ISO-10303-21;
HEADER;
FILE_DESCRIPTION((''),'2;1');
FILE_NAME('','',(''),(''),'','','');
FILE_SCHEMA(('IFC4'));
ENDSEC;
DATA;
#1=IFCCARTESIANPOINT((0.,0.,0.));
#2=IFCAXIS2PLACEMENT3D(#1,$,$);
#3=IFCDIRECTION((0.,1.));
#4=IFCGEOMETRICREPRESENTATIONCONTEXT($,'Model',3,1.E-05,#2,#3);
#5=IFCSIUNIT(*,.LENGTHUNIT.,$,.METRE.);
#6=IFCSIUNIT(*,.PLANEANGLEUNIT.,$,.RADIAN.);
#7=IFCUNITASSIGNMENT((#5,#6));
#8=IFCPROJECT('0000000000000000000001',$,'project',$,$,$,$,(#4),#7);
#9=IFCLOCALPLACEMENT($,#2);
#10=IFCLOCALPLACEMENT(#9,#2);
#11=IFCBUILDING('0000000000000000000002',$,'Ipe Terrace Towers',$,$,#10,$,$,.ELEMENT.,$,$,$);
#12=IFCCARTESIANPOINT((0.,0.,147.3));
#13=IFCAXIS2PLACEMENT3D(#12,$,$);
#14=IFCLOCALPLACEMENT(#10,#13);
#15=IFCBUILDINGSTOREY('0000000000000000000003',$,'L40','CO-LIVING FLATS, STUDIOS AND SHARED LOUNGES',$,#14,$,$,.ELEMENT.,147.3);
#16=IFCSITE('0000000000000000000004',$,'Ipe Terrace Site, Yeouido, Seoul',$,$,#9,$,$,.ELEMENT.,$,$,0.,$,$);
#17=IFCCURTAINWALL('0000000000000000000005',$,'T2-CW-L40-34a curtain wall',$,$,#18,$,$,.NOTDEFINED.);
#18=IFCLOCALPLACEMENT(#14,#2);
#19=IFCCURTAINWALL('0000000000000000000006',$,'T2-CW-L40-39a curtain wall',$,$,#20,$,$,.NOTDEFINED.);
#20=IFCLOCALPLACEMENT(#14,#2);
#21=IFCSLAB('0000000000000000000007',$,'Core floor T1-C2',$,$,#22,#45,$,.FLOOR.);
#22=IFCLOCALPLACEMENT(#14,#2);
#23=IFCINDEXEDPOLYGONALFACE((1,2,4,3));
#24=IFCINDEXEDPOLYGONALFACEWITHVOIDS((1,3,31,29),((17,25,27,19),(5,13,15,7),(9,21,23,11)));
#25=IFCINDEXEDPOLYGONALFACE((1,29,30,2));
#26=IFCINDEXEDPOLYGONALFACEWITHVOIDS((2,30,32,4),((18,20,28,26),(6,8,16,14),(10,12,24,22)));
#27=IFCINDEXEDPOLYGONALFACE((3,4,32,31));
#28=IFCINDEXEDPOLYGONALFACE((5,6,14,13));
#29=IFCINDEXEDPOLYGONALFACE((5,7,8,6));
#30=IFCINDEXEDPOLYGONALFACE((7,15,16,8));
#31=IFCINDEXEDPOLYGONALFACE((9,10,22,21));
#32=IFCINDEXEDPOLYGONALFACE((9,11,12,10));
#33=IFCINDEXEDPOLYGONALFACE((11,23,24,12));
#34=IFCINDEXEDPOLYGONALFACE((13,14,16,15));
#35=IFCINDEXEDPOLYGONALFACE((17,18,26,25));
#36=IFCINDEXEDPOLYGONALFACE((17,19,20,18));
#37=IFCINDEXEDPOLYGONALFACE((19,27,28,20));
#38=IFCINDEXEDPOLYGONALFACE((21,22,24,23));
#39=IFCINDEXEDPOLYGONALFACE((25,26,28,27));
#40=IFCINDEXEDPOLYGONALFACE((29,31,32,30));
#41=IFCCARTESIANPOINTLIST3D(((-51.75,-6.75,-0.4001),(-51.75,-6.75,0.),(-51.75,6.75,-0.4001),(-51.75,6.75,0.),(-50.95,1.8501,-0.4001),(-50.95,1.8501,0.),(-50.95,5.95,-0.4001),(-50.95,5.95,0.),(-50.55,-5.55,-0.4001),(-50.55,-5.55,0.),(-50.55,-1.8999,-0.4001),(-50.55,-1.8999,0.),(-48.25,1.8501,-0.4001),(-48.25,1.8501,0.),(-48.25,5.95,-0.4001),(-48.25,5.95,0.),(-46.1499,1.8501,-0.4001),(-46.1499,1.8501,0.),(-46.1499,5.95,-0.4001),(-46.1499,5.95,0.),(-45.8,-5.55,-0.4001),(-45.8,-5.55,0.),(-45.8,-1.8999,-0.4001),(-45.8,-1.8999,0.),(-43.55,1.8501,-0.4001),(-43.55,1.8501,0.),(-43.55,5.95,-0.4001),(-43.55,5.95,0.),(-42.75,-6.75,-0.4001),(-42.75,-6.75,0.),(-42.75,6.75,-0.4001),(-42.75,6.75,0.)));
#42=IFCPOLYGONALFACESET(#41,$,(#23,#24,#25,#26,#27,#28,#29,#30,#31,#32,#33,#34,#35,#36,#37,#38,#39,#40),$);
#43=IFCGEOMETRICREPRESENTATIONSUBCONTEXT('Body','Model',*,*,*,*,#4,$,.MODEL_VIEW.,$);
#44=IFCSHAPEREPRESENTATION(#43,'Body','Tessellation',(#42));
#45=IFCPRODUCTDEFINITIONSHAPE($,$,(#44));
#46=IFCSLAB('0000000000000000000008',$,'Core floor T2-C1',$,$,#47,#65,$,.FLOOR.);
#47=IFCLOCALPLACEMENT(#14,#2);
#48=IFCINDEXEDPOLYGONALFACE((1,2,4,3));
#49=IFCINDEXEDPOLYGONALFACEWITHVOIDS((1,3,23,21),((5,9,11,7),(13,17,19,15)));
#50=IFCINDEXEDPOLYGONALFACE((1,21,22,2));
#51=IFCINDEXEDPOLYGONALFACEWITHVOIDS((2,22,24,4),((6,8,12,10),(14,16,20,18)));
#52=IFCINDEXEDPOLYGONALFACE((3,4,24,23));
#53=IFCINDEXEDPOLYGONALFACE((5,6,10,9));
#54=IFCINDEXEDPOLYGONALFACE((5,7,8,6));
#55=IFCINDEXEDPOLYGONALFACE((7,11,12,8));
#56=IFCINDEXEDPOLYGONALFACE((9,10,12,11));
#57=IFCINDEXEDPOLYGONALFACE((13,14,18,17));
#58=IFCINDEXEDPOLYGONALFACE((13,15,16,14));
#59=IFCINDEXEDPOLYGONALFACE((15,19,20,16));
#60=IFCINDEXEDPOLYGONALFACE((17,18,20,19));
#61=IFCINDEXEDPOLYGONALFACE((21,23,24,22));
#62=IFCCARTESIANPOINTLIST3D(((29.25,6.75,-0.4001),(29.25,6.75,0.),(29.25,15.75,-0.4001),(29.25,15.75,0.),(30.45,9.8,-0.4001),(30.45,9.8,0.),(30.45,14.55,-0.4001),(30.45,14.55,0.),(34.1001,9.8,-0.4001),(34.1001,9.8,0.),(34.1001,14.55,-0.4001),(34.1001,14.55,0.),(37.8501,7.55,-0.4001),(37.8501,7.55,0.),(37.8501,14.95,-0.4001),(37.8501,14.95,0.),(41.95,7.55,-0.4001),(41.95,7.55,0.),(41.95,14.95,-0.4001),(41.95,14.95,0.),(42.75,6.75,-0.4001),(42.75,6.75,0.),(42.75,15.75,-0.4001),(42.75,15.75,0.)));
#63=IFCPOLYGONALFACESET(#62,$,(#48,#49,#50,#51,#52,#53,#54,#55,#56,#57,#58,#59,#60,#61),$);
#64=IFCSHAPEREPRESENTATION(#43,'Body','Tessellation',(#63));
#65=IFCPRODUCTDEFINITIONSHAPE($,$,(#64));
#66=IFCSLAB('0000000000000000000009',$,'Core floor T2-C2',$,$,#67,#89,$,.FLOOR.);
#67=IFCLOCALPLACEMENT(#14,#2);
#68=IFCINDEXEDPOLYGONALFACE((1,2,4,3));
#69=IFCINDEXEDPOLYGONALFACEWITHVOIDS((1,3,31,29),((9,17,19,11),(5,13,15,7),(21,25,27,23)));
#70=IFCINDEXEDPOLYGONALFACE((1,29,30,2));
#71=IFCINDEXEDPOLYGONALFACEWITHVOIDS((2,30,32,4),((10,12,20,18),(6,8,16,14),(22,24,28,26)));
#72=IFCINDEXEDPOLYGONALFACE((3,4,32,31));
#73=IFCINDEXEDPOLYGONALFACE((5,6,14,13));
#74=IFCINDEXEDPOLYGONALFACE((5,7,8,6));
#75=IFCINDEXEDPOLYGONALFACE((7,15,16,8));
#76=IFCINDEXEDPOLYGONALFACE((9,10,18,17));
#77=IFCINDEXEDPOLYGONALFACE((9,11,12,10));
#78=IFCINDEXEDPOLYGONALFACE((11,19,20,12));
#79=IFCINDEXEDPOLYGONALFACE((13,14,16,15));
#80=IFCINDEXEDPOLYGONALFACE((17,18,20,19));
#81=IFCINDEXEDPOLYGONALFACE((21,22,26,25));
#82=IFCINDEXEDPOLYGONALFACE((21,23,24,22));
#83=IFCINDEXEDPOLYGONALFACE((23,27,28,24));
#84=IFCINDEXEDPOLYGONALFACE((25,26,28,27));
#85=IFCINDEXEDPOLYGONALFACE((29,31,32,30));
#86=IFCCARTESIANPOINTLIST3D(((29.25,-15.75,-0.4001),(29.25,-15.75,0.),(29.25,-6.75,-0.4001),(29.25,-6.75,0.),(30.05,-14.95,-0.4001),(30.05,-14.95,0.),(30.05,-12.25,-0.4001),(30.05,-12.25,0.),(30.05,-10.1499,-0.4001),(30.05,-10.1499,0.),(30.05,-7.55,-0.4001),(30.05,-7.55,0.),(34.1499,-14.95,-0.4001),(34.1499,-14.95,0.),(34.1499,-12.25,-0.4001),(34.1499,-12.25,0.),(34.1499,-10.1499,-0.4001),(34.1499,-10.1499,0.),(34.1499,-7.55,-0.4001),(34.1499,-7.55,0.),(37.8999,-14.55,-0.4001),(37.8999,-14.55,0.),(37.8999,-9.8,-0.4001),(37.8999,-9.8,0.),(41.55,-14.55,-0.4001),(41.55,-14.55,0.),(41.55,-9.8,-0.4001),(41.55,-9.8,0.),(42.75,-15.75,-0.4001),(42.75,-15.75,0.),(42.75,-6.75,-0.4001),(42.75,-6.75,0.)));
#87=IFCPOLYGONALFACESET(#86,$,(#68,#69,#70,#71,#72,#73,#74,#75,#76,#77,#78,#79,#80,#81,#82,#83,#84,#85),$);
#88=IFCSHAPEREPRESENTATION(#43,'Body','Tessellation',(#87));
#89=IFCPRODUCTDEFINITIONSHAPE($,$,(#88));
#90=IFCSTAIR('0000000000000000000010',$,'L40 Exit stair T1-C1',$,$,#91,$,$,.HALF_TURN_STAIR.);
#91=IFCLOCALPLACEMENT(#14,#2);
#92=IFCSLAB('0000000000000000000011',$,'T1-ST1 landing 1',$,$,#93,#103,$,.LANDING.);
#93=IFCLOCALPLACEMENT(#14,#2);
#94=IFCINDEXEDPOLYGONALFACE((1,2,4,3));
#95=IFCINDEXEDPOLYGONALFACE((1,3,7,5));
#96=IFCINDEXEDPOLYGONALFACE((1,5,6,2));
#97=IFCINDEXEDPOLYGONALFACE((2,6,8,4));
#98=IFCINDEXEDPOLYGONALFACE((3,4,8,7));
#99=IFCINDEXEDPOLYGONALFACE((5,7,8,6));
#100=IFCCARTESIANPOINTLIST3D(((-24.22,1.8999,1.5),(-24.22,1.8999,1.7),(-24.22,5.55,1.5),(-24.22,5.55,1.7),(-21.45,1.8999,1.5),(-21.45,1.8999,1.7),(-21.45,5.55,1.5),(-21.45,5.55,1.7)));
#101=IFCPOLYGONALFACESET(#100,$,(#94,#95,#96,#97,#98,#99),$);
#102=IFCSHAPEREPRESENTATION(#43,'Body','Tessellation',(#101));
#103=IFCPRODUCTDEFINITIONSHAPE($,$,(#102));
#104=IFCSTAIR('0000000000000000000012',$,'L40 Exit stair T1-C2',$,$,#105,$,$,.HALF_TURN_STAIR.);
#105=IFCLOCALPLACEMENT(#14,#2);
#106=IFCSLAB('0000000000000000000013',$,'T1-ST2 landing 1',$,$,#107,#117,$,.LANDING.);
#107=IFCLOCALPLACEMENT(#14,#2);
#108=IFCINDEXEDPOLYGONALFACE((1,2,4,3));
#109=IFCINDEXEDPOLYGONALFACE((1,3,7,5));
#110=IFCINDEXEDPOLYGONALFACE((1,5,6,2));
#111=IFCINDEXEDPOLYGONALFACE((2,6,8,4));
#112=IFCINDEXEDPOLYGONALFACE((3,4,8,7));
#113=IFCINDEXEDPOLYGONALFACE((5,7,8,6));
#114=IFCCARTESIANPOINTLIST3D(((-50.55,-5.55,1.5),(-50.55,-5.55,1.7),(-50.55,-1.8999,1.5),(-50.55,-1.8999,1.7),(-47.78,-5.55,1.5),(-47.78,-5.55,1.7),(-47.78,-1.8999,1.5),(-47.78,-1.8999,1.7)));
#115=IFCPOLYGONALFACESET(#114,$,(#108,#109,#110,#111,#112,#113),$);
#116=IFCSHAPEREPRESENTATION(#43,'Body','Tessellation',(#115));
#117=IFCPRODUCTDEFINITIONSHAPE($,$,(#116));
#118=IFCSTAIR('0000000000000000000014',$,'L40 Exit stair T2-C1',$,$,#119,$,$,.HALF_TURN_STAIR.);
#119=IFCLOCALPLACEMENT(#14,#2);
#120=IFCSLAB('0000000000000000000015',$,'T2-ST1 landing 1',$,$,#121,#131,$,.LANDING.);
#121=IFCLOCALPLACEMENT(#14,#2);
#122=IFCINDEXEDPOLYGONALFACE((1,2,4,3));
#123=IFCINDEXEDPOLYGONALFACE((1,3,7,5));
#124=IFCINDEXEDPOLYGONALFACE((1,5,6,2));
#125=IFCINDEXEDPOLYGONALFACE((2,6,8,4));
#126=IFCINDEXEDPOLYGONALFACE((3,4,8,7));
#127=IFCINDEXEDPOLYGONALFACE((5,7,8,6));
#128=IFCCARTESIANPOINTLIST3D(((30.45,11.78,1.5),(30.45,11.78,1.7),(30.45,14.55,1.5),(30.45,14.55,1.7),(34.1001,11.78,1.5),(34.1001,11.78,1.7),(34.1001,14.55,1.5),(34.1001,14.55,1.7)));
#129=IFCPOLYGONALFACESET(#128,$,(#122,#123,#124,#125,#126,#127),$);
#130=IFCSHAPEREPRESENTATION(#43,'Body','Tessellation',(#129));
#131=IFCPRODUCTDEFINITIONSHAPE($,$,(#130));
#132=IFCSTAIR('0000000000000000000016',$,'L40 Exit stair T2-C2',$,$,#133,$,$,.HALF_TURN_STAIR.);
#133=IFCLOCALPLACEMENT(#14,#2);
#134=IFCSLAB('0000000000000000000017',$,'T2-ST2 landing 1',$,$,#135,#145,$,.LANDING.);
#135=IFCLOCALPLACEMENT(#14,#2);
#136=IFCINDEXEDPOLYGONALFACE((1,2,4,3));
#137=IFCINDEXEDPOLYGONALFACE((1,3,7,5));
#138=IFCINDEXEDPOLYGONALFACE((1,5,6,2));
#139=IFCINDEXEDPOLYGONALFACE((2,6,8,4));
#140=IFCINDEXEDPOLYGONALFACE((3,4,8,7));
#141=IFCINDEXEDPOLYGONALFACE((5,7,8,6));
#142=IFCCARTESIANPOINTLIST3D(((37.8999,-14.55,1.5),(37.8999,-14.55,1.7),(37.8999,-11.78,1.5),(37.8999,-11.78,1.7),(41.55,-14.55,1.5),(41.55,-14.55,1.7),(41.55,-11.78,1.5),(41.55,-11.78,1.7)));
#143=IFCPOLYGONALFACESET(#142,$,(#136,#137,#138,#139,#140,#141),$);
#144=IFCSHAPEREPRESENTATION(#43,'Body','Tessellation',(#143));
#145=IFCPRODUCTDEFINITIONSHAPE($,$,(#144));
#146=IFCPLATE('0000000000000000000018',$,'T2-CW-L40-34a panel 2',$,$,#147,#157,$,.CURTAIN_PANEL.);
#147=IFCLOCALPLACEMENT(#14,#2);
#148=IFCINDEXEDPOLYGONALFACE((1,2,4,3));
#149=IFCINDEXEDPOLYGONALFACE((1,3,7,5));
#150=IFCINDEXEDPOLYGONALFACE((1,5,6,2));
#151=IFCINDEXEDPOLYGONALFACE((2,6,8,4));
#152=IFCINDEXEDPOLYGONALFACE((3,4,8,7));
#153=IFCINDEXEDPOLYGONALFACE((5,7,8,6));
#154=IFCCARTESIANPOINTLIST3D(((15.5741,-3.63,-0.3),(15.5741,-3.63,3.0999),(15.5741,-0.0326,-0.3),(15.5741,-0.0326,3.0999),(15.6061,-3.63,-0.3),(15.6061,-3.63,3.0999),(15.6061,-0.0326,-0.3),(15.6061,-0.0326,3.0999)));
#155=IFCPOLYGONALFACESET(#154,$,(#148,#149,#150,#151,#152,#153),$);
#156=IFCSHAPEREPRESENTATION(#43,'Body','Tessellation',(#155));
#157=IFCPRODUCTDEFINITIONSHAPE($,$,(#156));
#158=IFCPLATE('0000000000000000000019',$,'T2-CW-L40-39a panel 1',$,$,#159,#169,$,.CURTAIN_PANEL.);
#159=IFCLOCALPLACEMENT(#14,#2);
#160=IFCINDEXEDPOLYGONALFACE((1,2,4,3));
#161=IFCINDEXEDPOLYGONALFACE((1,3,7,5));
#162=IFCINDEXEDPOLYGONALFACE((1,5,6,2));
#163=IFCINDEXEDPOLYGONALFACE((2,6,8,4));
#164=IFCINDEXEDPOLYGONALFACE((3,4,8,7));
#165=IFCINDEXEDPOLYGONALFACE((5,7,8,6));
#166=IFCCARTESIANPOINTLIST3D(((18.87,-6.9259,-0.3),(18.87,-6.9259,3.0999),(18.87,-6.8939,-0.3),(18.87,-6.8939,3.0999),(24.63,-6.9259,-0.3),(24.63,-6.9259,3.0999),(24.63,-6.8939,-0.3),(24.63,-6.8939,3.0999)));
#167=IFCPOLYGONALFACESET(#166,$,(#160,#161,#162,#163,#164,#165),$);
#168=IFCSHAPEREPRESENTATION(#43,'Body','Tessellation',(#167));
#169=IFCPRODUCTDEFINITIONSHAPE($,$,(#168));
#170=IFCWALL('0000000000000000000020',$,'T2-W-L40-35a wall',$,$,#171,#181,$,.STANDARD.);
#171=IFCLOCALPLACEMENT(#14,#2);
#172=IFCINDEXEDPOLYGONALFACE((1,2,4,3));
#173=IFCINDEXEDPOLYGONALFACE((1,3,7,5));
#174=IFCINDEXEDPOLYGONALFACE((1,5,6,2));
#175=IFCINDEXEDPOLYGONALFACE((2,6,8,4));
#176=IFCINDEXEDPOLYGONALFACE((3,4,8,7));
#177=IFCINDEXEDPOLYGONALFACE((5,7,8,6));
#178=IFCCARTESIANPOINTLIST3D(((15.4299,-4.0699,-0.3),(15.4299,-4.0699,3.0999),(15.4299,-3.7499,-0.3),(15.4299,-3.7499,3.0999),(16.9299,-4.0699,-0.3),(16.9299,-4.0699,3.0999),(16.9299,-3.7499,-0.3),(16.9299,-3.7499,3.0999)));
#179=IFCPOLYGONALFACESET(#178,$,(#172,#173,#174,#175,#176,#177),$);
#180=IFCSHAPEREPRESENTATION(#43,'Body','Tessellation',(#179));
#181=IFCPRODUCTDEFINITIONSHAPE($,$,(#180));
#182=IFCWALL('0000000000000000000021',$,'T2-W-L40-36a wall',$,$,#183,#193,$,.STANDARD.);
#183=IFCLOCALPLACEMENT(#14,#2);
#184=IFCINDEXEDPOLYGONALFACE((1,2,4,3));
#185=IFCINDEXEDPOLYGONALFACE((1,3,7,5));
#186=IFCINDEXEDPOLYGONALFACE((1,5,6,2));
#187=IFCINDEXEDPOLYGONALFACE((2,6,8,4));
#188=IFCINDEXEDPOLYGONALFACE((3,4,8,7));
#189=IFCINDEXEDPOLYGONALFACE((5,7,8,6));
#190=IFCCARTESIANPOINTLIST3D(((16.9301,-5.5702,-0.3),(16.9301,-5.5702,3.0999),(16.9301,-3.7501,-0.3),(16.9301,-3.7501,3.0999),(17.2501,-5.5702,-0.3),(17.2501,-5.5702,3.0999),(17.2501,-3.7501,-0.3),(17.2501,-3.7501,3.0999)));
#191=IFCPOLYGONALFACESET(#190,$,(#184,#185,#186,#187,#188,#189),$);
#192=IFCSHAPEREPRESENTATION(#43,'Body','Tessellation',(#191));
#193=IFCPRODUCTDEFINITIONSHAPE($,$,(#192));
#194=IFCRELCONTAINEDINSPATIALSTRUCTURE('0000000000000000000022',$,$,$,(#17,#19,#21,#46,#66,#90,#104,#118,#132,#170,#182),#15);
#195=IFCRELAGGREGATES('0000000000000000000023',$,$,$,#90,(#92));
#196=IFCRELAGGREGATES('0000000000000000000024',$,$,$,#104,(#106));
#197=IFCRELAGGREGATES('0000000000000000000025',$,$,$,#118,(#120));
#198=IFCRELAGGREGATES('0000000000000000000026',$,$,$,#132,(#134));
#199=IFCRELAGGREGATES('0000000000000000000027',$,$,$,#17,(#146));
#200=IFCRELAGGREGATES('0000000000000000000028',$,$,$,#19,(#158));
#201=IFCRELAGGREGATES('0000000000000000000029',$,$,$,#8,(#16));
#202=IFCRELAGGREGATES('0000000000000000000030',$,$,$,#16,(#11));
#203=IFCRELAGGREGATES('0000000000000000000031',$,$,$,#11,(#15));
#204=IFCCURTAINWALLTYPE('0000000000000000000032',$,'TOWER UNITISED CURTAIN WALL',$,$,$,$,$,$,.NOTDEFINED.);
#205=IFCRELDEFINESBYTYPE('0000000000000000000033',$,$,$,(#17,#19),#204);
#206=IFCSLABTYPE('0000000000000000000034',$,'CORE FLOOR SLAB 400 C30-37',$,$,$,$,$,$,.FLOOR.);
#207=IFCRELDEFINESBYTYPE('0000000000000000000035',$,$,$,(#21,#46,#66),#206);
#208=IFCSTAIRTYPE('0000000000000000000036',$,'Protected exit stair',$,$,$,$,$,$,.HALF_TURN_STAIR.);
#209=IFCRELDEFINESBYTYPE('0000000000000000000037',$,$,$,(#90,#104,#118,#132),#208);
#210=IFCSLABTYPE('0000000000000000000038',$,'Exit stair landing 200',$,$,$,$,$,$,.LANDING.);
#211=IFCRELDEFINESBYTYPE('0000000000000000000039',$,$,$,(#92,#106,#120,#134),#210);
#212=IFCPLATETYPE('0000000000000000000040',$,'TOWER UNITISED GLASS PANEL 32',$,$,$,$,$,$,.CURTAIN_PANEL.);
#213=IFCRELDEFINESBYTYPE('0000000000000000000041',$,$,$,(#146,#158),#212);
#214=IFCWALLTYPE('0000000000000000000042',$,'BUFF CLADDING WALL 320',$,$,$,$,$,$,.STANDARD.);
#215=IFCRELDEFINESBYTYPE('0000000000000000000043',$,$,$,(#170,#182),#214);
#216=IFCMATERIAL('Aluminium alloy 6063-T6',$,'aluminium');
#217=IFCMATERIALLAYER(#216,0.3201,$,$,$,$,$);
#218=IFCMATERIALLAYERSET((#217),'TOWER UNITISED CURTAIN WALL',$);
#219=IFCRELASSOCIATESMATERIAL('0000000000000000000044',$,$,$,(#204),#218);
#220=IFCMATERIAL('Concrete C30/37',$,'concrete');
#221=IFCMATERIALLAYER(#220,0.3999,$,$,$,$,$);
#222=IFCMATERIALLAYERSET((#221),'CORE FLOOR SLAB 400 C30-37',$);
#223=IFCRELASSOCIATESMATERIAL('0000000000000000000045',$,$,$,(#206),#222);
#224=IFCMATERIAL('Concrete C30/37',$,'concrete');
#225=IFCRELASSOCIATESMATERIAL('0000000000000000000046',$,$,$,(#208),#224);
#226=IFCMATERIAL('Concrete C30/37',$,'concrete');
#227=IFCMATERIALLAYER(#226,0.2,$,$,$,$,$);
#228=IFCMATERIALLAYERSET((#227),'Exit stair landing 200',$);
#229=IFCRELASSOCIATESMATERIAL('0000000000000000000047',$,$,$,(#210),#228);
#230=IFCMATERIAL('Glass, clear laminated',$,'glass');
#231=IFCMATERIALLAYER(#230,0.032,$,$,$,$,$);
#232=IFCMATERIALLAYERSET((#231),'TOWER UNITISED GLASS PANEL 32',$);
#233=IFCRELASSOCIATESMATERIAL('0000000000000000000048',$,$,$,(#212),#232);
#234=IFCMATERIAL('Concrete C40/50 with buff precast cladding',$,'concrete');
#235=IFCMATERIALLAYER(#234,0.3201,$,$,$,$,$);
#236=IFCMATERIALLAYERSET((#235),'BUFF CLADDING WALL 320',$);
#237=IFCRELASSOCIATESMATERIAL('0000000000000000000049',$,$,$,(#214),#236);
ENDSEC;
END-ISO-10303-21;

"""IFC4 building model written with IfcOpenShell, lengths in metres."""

from ifc_helpers import new_model, si_unit, direction, frame, frame_2d, origin, origin_2d, place, context, subcontext, project, spatial, polyline, rectangle, outline, extrude, material, layer, layer_set, type_object, element, aggregate, save


model = new_model("IFC4")

# Units and contexts
model_context = context("Model", 3, precision=1e-05, world=origin(), true_north=direction((0.0, 1.0)))
body_context = subcontext(model_context, "Body", "Model", "MODEL_VIEW")
ifc_project = project(units=[si_unit("LENGTHUNIT", "METRE"), si_unit("PLANEANGLEUNIT", "RADIAN")], contexts=[model_context])

# Site, building, storey
site_placement = place(None, origin())
site = spatial("IfcSite", under=ifc_project, at=site_placement, Name="Ipe Terrace Site, Yeouido, Seoul", CompositionType="ELEMENT", RefElevation=0.0)
building_placement = place(site_placement, origin())
building = spatial("IfcBuilding", under=site, at=building_placement, Name="Ipe Terrace Towers", CompositionType="ELEMENT")
storey_placement = place(building_placement, frame((0.0, 0.0, 147.3)))
storey = spatial("IfcBuildingStorey", under=building, at=storey_placement, Name="L40", Description="CO-LIVING FLATS, STUDIOS AND SHARED LOUNGES", CompositionType="ELEMENT", Elevation=147.3)

# Curtain wall
ifc_material_1 = material(Name="Aluminium alloy 6063-T6", Category="aluminium")
ifc_layer_1 = layer(ifc_material_1, 0.3201)
ifc_layer_set_1 = layer_set([ifc_layer_1], Name="TOWER UNITISED CURTAIN WALL")
curtain_wall_type = type_object("IfcCurtainWallType", Name="TOWER UNITISED CURTAIN WALL", PredefinedType="NOTDEFINED", material=ifc_layer_set_1)
curtain_wall_1_placement = place(storey_placement, origin())
curtain_wall_1 = element("IfcCurtainWall", 1, at=curtain_wall_1_placement, inside=storey, type_object=curtain_wall_type, Name="T2-CW-L40-34a curtain wall", PredefinedType="NOTDEFINED")

# Curtain wall
curtain_wall_2_placement = place(storey_placement, origin())
curtain_wall_2 = element("IfcCurtainWall", 2, at=curtain_wall_2_placement, inside=storey, type_object=curtain_wall_type, Name="T2-CW-L40-39a curtain wall", PredefinedType="NOTDEFINED")

# Slabs
ifc_material_2 = material(Name="Concrete C30/37", Category="concrete")
ifc_layer_2 = layer(ifc_material_2, 0.3999)
ifc_layer_set_2 = layer_set([ifc_layer_2], Name="CORE FLOOR SLAB 400 C30-37")
slab_type_1 = type_object("IfcSlabType", Name="CORE FLOOR SLAB 400 C30-37", PredefinedType="FLOOR", material=ifc_layer_set_2)
slab_1_placement = place(storey_placement, frame((0.0, 0.0, -0.4001)))
element("IfcSlab", 3, at=slab_1_placement, inside=storey, type_object=slab_type_1, Name="Core floor T1-C2", PredefinedType="FLOOR", context=body_context, shape_type="SweptSolid", body=[
    extrude(outline(polyline([(-51.75, -6.75), (-51.75, 6.75), (-42.75, 6.75), (-42.75, -6.75), (-51.75, -6.75)]), holes=[polyline([(-45.8, -1.8999), (-50.55, -1.8999), (-50.55, -5.55), (-45.8, -5.55), (-45.8, -1.8999)]), polyline([(-48.25, 1.8501), (-48.25, 5.95), (-50.95, 5.95), (-50.95, 1.8501), (-48.25, 1.8501)]), polyline([(-43.55, 1.8501), (-43.55, 5.95), (-46.1499, 5.95), (-46.1499, 1.8501), (-43.55, 1.8501)])]), origin(), (0.0, 0.0, 1.0), 0.4001),
])
slab_2_placement = place(storey_placement, frame((0.0, 0.0, -0.4001)))
element("IfcSlab", 4, at=slab_2_placement, inside=storey, type_object=slab_type_1, Name="Core floor T2-C1", PredefinedType="FLOOR", context=body_context, shape_type="SweptSolid", body=[
    extrude(outline(polyline([(29.25, 6.75), (29.25, 15.75), (42.75, 15.75), (42.75, 6.75), (29.25, 6.75)]), holes=[polyline([(41.95, 7.55), (41.95, 14.95), (37.8501, 14.95), (37.8501, 7.55), (41.95, 7.55)]), polyline([(30.45, 9.8), (34.1001, 9.8), (34.1001, 14.55), (30.45, 14.55), (30.45, 9.8)])]), origin(), (0.0, 0.0, 1.0), 0.4001),
])
slab_3_placement = place(storey_placement, frame((0.0, 0.0, -0.4001)))
element("IfcSlab", 5, at=slab_3_placement, inside=storey, type_object=slab_type_1, Name="Core floor T2-C2", PredefinedType="FLOOR", context=body_context, shape_type="SweptSolid", body=[
    extrude(outline(polyline([(29.25, -15.75), (29.25, -6.75), (42.75, -6.75), (42.75, -15.75), (29.25, -15.75)]), holes=[polyline([(30.05, -12.25), (30.05, -14.95), (34.1499, -14.95), (34.1499, -12.25), (30.05, -12.25)]), polyline([(41.55, -9.8), (37.8999, -9.8), (37.8999, -14.55), (41.55, -14.55), (41.55, -9.8)]), polyline([(34.1499, -7.55), (30.05, -7.55), (30.05, -10.1499), (34.1499, -10.1499), (34.1499, -7.55)])]), origin(), (0.0, 0.0, 1.0), 0.4001),
])

# Stairs, slabs
ifc_material_3 = material(Name="Concrete C30/37", Category="concrete")
stair_type = type_object("IfcStairType", Name="Protected exit stair", PredefinedType="HALF_TURN_STAIR", material=ifc_material_3)
stair_1_placement = place(storey_placement, origin())
stair_1 = element("IfcStair", 6, at=stair_1_placement, inside=storey, type_object=stair_type, Name="L40 Exit stair T1-C1", PredefinedType="HALF_TURN_STAIR")
ifc_material_4 = material(Name="Concrete C30/37", Category="concrete")
ifc_layer_3 = layer(ifc_material_4, 0.2)
ifc_layer_set_3 = layer_set([ifc_layer_3], Name="Exit stair landing 200")
slab_type_2 = type_object("IfcSlabType", Name="Exit stair landing 200", PredefinedType="LANDING", material=ifc_layer_set_3)
slab_4_placement = place(storey_placement, frame((0.0, 0.0, 1.5)))
slab_4 = element("IfcSlab", 7, at=slab_4_placement, type_object=slab_type_2, Name="T1-ST1 landing 1", PredefinedType="LANDING", context=body_context, shape_type="SweptSolid", body=[
    extrude(outline(polyline([(-24.22, 1.8999), (-21.45, 1.8999), (-21.45, 5.55), (-24.22, 5.55), (-24.22, 1.8999)])), origin(), (0.0, 0.0, 1.0), 0.2),
])
aggregate(stair_1, [slab_4])
stair_2_placement = place(storey_placement, origin())
stair_2 = element("IfcStair", 8, at=stair_2_placement, inside=storey, type_object=stair_type, Name="L40 Exit stair T1-C2", PredefinedType="HALF_TURN_STAIR")
slab_5_placement = place(storey_placement, frame((0.0, 0.0, 1.5)))
slab_5 = element("IfcSlab", 9, at=slab_5_placement, type_object=slab_type_2, Name="T1-ST2 landing 1", PredefinedType="LANDING", context=body_context, shape_type="SweptSolid", body=[
    extrude(outline(polyline([(-47.78, -1.8999), (-50.55, -1.8999), (-50.55, -5.55), (-47.78, -5.55), (-47.78, -1.8999)])), origin(), (0.0, 0.0, 1.0), 0.2),
])
aggregate(stair_2, [slab_5])
stair_3_placement = place(storey_placement, origin())
stair_3 = element("IfcStair", 10, at=stair_3_placement, inside=storey, type_object=stair_type, Name="L40 Exit stair T2-C1", PredefinedType="HALF_TURN_STAIR")
slab_6_placement = place(storey_placement, frame((0.0, 0.0, 1.5)))
slab_6 = element("IfcSlab", 11, at=slab_6_placement, type_object=slab_type_2, Name="T2-ST1 landing 1", PredefinedType="LANDING", context=body_context, shape_type="SweptSolid", body=[
    extrude(outline(polyline([(34.1001, 11.78), (34.1001, 14.55), (30.45, 14.55), (30.45, 11.78), (34.1001, 11.78)])), origin(), (0.0, 0.0, 1.0), 0.2),
])
aggregate(stair_3, [slab_6])
stair_4_placement = place(storey_placement, origin())
stair_4 = element("IfcStair", 12, at=stair_4_placement, inside=storey, type_object=stair_type, Name="L40 Exit stair T2-C2", PredefinedType="HALF_TURN_STAIR")
slab_7_placement = place(storey_placement, frame((0.0, 0.0, 1.5)))
slab_7 = element("IfcSlab", 13, at=slab_7_placement, type_object=slab_type_2, Name="T2-ST2 landing 1", PredefinedType="LANDING", context=body_context, shape_type="SweptSolid", body=[
    extrude(outline(polyline([(37.8999, -11.78), (37.8999, -14.55), (41.55, -14.55), (41.55, -11.78), (37.8999, -11.78)])), origin(), (0.0, 0.0, 1.0), 0.2),
])
aggregate(stair_4, [slab_7])

# Plates
ifc_material_5 = material(Name="Glass, clear laminated", Category="glass")
ifc_layer_4 = layer(ifc_material_5, 0.032)
ifc_layer_set_4 = layer_set([ifc_layer_4], Name="TOWER UNITISED GLASS PANEL 32")
plate_type = type_object("IfcPlateType", Name="TOWER UNITISED GLASS PANEL 32", PredefinedType="CURTAIN_PANEL", material=ifc_layer_set_4)
plate_1_placement = place(storey_placement, frame((15.5901, -1.8313, -0.3), z_axis=(0.0, 0.0, 1.0), x_axis=(0.0, -1.0, 0.0)))
plate_1 = element("IfcPlate", 14, at=plate_1_placement, type_object=plate_type, Name="T2-CW-L40-34a panel 2", PredefinedType="CURTAIN_PANEL", context=body_context, shape_type="SweptSolid", body=[
    extrude(rectangle(XDim=3.5974, YDim=0.032, at=origin_2d()), origin(), (0.0, 0.0, 1.0), 3.3999),
])
aggregate(curtain_wall_1, [plate_1])
plate_2_placement = place(storey_placement, frame((21.75, -6.9099, -0.3), z_axis=(0.0, 0.0, 1.0), x_axis=(1.0, 0.0, 0.0)))
plate_2 = element("IfcPlate", 15, at=plate_2_placement, type_object=plate_type, Name="T2-CW-L40-39a panel 1", PredefinedType="CURTAIN_PANEL", context=body_context, shape_type="SweptSolid", body=[
    extrude(rectangle(XDim=5.76, YDim=0.032, at=origin_2d()), origin(), (0.0, 0.0, 1.0), 3.3999),
])
aggregate(curtain_wall_2, [plate_2])

# Walls
ifc_material_6 = material(Name="Concrete C40/50 with buff precast cladding", Category="concrete")
ifc_layer_5 = layer(ifc_material_6, 0.3201)
ifc_layer_set_5 = layer_set([ifc_layer_5], Name="BUFF CLADDING WALL 320")
wall_type_1 = type_object("IfcWallType", Name="BUFF CLADDING WALL 320", PredefinedType="STANDARD", material=ifc_layer_set_5)
wall_1_placement = place(storey_placement, frame((15.4299, -3.9099, -0.3), z_axis=(0.0, 0.0, 1.0), x_axis=(1.0, 0.0, 0.0)))
element("IfcWall", 16, at=wall_1_placement, inside=storey, type_object=wall_type_1, Name="T2-W-L40-35a wall", PredefinedType="STANDARD", context=body_context, shape_type="SweptSolid", body=[
    extrude(rectangle(XDim=1.5, YDim=0.3201, at=frame_2d((0.75, 0.0))), origin(), (0.0, 0.0, 1.0), 3.3999),
])
wall_2_placement = place(storey_placement, frame((17.0901, -3.75, -0.3), z_axis=(0.0, 0.0, 1.0), x_axis=(0.0, -1.0, 0.0)))
element("IfcWall", 17, at=wall_2_placement, inside=storey, type_object=wall_type_1, Name="T2-W-L40-36a wall", PredefinedType="STANDARD", context=body_context, shape_type="SweptSolid", body=[
    extrude(rectangle(XDim=1.8201, YDim=0.3201, at=frame_2d((0.9102, 0.0))), origin(), (0.0, 0.0, 1.0), 3.3999),
])

save(model, "model.ifc")
